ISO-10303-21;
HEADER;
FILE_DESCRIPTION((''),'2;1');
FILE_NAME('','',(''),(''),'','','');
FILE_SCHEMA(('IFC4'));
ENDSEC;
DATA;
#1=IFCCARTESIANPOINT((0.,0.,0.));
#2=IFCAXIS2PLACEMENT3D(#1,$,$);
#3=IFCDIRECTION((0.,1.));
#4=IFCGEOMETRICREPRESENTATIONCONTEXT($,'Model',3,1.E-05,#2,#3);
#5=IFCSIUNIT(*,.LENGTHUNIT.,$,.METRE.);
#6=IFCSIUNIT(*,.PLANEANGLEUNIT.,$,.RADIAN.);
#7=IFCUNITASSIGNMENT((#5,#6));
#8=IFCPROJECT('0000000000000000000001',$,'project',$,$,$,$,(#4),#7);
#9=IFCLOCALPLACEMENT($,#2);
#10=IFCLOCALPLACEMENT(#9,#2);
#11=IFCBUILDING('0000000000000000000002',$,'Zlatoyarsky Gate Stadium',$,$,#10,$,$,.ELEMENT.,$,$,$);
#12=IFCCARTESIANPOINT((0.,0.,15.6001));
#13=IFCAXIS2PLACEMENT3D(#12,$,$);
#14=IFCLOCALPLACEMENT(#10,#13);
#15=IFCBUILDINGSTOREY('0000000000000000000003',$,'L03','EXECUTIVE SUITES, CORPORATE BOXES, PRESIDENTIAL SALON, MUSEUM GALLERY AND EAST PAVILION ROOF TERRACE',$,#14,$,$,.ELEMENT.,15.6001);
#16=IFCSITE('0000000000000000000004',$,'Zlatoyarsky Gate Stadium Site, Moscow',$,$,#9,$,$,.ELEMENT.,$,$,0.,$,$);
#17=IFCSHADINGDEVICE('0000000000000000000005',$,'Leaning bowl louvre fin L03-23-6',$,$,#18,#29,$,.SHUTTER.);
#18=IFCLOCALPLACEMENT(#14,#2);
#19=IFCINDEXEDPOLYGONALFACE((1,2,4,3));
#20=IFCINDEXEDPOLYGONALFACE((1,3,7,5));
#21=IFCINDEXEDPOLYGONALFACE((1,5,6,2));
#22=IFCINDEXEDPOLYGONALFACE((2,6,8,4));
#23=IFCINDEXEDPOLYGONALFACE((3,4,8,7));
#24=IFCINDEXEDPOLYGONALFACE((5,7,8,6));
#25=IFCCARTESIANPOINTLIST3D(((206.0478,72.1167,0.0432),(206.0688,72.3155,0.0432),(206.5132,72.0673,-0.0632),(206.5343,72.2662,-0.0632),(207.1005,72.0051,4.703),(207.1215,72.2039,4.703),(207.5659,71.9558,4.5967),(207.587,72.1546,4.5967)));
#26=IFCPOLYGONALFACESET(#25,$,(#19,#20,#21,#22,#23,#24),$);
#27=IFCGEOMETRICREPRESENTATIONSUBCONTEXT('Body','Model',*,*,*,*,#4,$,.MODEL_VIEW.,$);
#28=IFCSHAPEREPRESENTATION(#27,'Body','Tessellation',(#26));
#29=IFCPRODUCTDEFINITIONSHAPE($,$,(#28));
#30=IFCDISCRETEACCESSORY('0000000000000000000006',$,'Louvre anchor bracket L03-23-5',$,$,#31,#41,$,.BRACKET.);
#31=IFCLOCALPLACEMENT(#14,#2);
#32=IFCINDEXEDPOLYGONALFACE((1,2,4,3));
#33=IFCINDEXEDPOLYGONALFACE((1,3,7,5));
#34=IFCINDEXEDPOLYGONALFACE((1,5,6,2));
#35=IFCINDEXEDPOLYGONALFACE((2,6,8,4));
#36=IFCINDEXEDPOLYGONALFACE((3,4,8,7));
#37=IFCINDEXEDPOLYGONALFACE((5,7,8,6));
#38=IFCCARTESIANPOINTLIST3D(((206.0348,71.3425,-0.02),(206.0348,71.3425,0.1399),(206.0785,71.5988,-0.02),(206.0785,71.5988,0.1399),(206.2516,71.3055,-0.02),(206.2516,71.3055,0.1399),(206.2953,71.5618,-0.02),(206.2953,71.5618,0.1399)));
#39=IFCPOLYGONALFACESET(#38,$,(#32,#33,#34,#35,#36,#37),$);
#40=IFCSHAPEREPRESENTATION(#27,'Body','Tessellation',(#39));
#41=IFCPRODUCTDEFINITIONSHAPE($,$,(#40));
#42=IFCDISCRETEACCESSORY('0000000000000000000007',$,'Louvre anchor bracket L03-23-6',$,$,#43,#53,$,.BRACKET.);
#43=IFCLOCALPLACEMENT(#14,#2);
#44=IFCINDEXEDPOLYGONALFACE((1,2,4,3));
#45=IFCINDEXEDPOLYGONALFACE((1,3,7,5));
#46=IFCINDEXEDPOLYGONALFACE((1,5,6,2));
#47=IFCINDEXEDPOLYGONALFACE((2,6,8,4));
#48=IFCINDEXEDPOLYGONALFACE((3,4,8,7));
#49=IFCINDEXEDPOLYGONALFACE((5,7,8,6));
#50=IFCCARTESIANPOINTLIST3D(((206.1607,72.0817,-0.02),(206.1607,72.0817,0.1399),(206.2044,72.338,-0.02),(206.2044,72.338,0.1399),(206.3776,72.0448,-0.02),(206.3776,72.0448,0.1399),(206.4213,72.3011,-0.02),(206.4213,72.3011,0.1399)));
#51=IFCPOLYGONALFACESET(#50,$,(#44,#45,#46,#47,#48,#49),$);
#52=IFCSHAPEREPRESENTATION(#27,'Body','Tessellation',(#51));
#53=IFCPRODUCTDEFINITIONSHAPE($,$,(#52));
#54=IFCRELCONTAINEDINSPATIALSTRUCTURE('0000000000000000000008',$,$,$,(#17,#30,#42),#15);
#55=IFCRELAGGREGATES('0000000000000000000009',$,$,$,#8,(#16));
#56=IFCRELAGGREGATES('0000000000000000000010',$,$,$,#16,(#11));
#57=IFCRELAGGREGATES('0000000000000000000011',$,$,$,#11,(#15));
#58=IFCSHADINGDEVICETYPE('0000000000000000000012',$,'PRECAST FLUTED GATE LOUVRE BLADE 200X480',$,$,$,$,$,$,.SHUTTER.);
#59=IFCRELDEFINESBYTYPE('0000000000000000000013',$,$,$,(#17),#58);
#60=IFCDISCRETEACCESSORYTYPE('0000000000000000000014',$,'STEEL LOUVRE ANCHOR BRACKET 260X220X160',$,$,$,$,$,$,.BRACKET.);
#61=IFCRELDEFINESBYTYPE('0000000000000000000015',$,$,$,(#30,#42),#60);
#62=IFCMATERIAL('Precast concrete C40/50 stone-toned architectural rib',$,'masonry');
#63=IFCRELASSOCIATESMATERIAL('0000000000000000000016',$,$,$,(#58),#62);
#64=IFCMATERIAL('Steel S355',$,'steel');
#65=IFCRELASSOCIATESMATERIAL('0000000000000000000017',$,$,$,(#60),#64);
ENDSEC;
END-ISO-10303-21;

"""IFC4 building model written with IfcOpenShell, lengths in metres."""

from ifc_helpers import new_model, si_unit, direction, frame, origin, origin_2d, place, context, subcontext, project, spatial, rectangle, extrude, material, material_profile, profile_set, type_object, element, save


model = new_model("IFC4")

# Units and contexts
model_context = context("Model", 3, precision=1e-05, world=origin(), true_north=direction((0.0, 1.0)))
body_context = subcontext(model_context, "Body", "Model", "MODEL_VIEW")
ifc_project = project(units=[si_unit("LENGTHUNIT", "METRE"), si_unit("PLANEANGLEUNIT", "RADIAN")], contexts=[model_context])

# Site, building, storey
site_placement = place(None, origin())
site = spatial("IfcSite", under=ifc_project, at=site_placement, Name="Zlatoyarsky Gate Stadium Site, Moscow", CompositionType="ELEMENT", RefElevation=0.0)
building_placement = place(site_placement, origin())
building = spatial("IfcBuilding", under=site, at=building_placement, Name="Zlatoyarsky Gate Stadium", CompositionType="ELEMENT")
storey_placement = place(building_placement, frame((0.0, 0.0, 15.6001)))
storey = spatial("IfcBuildingStorey", under=building, at=storey_placement, Name="L03", Description="EXECUTIVE SUITES, CORPORATE BOXES, PRESIDENTIAL SALON, MUSEUM GALLERY AND EAST PAVILION ROOF TERRACE", CompositionType="ELEMENT", Elevation=15.6001)

# Shared definitions
ifc_material_1 = material(Name="Steel S355", Category="steel")

# Shading device
ifc_material_2 = material(Name="Precast concrete C40/50 stone-toned architectural rib", Category="masonry")
ifc_material_profile_1 = material_profile(ifc_material_2, rectangle(XDim=0.2, YDim=0.48, at=origin_2d()), Name="RIB 200X480")
ifc_profile_set_1 = profile_set([ifc_material_profile_1], Name="Precast concrete C40/50 stone-toned architectural rib")
shading_device_type = type_object("IfcShadingDeviceType", Name="PRECAST FLUTED GATE LOUVRE BLADE 200X480", PredefinedType="SHUTTER", material=ifc_profile_set_1)
shading_device_placement = place(storey_placement, frame((206.291, 72.1914, -0.01), z_axis=(0.2203, -0.023348, 0.975153), x_axis=(0.105393, 0.994431, 0.0)))
element("IfcShadingDevice", 1, at=shading_device_placement, inside=storey, type_object=shading_device_type, Name="Leaning bowl louvre fin L03-23-6", PredefinedType="SHUTTER", context=body_context, shape_type="SweptSolid", body=[
    extrude(rectangle(XDim=0.2, YDim=0.48, at=origin_2d()), origin(), (0.0, 0.0, 1.0), 4.7786),
])

# Discrete accessories
discrete_accessory_type = type_object("IfcDiscreteAccessoryType", Name="STEEL LOUVRE ANCHOR BRACKET 260X220X160", PredefinedType="BRACKET", material=ifc_material_1)
for number, where, z_axis, x_axis, name in (
    (2, (206.165, 71.4521, -0.02), (0.0, 0.0, 1.0), (0.168041, 0.98578, 0.0), "Louvre anchor bracket L03-23-5"),
    (3, (206.291, 72.1914, -0.02), (0.0, 0.0, 1.0), (0.168041, 0.98578, 0.0), "Louvre anchor bracket L03-23-6"),
):
    element("IfcDiscreteAccessory", number, at=place(storey_placement, frame(where, z_axis=z_axis, x_axis=x_axis)), inside=storey, type_object=discrete_accessory_type, Name=name, PredefinedType="BRACKET", context=body_context, shape_type="SweptSolid", body=[
        extrude(rectangle(XDim=0.26, YDim=0.22, at=origin_2d()), origin(), (0.0, 0.0, 1.0), 0.1599),
    ])

save(model, "model.ifc")
